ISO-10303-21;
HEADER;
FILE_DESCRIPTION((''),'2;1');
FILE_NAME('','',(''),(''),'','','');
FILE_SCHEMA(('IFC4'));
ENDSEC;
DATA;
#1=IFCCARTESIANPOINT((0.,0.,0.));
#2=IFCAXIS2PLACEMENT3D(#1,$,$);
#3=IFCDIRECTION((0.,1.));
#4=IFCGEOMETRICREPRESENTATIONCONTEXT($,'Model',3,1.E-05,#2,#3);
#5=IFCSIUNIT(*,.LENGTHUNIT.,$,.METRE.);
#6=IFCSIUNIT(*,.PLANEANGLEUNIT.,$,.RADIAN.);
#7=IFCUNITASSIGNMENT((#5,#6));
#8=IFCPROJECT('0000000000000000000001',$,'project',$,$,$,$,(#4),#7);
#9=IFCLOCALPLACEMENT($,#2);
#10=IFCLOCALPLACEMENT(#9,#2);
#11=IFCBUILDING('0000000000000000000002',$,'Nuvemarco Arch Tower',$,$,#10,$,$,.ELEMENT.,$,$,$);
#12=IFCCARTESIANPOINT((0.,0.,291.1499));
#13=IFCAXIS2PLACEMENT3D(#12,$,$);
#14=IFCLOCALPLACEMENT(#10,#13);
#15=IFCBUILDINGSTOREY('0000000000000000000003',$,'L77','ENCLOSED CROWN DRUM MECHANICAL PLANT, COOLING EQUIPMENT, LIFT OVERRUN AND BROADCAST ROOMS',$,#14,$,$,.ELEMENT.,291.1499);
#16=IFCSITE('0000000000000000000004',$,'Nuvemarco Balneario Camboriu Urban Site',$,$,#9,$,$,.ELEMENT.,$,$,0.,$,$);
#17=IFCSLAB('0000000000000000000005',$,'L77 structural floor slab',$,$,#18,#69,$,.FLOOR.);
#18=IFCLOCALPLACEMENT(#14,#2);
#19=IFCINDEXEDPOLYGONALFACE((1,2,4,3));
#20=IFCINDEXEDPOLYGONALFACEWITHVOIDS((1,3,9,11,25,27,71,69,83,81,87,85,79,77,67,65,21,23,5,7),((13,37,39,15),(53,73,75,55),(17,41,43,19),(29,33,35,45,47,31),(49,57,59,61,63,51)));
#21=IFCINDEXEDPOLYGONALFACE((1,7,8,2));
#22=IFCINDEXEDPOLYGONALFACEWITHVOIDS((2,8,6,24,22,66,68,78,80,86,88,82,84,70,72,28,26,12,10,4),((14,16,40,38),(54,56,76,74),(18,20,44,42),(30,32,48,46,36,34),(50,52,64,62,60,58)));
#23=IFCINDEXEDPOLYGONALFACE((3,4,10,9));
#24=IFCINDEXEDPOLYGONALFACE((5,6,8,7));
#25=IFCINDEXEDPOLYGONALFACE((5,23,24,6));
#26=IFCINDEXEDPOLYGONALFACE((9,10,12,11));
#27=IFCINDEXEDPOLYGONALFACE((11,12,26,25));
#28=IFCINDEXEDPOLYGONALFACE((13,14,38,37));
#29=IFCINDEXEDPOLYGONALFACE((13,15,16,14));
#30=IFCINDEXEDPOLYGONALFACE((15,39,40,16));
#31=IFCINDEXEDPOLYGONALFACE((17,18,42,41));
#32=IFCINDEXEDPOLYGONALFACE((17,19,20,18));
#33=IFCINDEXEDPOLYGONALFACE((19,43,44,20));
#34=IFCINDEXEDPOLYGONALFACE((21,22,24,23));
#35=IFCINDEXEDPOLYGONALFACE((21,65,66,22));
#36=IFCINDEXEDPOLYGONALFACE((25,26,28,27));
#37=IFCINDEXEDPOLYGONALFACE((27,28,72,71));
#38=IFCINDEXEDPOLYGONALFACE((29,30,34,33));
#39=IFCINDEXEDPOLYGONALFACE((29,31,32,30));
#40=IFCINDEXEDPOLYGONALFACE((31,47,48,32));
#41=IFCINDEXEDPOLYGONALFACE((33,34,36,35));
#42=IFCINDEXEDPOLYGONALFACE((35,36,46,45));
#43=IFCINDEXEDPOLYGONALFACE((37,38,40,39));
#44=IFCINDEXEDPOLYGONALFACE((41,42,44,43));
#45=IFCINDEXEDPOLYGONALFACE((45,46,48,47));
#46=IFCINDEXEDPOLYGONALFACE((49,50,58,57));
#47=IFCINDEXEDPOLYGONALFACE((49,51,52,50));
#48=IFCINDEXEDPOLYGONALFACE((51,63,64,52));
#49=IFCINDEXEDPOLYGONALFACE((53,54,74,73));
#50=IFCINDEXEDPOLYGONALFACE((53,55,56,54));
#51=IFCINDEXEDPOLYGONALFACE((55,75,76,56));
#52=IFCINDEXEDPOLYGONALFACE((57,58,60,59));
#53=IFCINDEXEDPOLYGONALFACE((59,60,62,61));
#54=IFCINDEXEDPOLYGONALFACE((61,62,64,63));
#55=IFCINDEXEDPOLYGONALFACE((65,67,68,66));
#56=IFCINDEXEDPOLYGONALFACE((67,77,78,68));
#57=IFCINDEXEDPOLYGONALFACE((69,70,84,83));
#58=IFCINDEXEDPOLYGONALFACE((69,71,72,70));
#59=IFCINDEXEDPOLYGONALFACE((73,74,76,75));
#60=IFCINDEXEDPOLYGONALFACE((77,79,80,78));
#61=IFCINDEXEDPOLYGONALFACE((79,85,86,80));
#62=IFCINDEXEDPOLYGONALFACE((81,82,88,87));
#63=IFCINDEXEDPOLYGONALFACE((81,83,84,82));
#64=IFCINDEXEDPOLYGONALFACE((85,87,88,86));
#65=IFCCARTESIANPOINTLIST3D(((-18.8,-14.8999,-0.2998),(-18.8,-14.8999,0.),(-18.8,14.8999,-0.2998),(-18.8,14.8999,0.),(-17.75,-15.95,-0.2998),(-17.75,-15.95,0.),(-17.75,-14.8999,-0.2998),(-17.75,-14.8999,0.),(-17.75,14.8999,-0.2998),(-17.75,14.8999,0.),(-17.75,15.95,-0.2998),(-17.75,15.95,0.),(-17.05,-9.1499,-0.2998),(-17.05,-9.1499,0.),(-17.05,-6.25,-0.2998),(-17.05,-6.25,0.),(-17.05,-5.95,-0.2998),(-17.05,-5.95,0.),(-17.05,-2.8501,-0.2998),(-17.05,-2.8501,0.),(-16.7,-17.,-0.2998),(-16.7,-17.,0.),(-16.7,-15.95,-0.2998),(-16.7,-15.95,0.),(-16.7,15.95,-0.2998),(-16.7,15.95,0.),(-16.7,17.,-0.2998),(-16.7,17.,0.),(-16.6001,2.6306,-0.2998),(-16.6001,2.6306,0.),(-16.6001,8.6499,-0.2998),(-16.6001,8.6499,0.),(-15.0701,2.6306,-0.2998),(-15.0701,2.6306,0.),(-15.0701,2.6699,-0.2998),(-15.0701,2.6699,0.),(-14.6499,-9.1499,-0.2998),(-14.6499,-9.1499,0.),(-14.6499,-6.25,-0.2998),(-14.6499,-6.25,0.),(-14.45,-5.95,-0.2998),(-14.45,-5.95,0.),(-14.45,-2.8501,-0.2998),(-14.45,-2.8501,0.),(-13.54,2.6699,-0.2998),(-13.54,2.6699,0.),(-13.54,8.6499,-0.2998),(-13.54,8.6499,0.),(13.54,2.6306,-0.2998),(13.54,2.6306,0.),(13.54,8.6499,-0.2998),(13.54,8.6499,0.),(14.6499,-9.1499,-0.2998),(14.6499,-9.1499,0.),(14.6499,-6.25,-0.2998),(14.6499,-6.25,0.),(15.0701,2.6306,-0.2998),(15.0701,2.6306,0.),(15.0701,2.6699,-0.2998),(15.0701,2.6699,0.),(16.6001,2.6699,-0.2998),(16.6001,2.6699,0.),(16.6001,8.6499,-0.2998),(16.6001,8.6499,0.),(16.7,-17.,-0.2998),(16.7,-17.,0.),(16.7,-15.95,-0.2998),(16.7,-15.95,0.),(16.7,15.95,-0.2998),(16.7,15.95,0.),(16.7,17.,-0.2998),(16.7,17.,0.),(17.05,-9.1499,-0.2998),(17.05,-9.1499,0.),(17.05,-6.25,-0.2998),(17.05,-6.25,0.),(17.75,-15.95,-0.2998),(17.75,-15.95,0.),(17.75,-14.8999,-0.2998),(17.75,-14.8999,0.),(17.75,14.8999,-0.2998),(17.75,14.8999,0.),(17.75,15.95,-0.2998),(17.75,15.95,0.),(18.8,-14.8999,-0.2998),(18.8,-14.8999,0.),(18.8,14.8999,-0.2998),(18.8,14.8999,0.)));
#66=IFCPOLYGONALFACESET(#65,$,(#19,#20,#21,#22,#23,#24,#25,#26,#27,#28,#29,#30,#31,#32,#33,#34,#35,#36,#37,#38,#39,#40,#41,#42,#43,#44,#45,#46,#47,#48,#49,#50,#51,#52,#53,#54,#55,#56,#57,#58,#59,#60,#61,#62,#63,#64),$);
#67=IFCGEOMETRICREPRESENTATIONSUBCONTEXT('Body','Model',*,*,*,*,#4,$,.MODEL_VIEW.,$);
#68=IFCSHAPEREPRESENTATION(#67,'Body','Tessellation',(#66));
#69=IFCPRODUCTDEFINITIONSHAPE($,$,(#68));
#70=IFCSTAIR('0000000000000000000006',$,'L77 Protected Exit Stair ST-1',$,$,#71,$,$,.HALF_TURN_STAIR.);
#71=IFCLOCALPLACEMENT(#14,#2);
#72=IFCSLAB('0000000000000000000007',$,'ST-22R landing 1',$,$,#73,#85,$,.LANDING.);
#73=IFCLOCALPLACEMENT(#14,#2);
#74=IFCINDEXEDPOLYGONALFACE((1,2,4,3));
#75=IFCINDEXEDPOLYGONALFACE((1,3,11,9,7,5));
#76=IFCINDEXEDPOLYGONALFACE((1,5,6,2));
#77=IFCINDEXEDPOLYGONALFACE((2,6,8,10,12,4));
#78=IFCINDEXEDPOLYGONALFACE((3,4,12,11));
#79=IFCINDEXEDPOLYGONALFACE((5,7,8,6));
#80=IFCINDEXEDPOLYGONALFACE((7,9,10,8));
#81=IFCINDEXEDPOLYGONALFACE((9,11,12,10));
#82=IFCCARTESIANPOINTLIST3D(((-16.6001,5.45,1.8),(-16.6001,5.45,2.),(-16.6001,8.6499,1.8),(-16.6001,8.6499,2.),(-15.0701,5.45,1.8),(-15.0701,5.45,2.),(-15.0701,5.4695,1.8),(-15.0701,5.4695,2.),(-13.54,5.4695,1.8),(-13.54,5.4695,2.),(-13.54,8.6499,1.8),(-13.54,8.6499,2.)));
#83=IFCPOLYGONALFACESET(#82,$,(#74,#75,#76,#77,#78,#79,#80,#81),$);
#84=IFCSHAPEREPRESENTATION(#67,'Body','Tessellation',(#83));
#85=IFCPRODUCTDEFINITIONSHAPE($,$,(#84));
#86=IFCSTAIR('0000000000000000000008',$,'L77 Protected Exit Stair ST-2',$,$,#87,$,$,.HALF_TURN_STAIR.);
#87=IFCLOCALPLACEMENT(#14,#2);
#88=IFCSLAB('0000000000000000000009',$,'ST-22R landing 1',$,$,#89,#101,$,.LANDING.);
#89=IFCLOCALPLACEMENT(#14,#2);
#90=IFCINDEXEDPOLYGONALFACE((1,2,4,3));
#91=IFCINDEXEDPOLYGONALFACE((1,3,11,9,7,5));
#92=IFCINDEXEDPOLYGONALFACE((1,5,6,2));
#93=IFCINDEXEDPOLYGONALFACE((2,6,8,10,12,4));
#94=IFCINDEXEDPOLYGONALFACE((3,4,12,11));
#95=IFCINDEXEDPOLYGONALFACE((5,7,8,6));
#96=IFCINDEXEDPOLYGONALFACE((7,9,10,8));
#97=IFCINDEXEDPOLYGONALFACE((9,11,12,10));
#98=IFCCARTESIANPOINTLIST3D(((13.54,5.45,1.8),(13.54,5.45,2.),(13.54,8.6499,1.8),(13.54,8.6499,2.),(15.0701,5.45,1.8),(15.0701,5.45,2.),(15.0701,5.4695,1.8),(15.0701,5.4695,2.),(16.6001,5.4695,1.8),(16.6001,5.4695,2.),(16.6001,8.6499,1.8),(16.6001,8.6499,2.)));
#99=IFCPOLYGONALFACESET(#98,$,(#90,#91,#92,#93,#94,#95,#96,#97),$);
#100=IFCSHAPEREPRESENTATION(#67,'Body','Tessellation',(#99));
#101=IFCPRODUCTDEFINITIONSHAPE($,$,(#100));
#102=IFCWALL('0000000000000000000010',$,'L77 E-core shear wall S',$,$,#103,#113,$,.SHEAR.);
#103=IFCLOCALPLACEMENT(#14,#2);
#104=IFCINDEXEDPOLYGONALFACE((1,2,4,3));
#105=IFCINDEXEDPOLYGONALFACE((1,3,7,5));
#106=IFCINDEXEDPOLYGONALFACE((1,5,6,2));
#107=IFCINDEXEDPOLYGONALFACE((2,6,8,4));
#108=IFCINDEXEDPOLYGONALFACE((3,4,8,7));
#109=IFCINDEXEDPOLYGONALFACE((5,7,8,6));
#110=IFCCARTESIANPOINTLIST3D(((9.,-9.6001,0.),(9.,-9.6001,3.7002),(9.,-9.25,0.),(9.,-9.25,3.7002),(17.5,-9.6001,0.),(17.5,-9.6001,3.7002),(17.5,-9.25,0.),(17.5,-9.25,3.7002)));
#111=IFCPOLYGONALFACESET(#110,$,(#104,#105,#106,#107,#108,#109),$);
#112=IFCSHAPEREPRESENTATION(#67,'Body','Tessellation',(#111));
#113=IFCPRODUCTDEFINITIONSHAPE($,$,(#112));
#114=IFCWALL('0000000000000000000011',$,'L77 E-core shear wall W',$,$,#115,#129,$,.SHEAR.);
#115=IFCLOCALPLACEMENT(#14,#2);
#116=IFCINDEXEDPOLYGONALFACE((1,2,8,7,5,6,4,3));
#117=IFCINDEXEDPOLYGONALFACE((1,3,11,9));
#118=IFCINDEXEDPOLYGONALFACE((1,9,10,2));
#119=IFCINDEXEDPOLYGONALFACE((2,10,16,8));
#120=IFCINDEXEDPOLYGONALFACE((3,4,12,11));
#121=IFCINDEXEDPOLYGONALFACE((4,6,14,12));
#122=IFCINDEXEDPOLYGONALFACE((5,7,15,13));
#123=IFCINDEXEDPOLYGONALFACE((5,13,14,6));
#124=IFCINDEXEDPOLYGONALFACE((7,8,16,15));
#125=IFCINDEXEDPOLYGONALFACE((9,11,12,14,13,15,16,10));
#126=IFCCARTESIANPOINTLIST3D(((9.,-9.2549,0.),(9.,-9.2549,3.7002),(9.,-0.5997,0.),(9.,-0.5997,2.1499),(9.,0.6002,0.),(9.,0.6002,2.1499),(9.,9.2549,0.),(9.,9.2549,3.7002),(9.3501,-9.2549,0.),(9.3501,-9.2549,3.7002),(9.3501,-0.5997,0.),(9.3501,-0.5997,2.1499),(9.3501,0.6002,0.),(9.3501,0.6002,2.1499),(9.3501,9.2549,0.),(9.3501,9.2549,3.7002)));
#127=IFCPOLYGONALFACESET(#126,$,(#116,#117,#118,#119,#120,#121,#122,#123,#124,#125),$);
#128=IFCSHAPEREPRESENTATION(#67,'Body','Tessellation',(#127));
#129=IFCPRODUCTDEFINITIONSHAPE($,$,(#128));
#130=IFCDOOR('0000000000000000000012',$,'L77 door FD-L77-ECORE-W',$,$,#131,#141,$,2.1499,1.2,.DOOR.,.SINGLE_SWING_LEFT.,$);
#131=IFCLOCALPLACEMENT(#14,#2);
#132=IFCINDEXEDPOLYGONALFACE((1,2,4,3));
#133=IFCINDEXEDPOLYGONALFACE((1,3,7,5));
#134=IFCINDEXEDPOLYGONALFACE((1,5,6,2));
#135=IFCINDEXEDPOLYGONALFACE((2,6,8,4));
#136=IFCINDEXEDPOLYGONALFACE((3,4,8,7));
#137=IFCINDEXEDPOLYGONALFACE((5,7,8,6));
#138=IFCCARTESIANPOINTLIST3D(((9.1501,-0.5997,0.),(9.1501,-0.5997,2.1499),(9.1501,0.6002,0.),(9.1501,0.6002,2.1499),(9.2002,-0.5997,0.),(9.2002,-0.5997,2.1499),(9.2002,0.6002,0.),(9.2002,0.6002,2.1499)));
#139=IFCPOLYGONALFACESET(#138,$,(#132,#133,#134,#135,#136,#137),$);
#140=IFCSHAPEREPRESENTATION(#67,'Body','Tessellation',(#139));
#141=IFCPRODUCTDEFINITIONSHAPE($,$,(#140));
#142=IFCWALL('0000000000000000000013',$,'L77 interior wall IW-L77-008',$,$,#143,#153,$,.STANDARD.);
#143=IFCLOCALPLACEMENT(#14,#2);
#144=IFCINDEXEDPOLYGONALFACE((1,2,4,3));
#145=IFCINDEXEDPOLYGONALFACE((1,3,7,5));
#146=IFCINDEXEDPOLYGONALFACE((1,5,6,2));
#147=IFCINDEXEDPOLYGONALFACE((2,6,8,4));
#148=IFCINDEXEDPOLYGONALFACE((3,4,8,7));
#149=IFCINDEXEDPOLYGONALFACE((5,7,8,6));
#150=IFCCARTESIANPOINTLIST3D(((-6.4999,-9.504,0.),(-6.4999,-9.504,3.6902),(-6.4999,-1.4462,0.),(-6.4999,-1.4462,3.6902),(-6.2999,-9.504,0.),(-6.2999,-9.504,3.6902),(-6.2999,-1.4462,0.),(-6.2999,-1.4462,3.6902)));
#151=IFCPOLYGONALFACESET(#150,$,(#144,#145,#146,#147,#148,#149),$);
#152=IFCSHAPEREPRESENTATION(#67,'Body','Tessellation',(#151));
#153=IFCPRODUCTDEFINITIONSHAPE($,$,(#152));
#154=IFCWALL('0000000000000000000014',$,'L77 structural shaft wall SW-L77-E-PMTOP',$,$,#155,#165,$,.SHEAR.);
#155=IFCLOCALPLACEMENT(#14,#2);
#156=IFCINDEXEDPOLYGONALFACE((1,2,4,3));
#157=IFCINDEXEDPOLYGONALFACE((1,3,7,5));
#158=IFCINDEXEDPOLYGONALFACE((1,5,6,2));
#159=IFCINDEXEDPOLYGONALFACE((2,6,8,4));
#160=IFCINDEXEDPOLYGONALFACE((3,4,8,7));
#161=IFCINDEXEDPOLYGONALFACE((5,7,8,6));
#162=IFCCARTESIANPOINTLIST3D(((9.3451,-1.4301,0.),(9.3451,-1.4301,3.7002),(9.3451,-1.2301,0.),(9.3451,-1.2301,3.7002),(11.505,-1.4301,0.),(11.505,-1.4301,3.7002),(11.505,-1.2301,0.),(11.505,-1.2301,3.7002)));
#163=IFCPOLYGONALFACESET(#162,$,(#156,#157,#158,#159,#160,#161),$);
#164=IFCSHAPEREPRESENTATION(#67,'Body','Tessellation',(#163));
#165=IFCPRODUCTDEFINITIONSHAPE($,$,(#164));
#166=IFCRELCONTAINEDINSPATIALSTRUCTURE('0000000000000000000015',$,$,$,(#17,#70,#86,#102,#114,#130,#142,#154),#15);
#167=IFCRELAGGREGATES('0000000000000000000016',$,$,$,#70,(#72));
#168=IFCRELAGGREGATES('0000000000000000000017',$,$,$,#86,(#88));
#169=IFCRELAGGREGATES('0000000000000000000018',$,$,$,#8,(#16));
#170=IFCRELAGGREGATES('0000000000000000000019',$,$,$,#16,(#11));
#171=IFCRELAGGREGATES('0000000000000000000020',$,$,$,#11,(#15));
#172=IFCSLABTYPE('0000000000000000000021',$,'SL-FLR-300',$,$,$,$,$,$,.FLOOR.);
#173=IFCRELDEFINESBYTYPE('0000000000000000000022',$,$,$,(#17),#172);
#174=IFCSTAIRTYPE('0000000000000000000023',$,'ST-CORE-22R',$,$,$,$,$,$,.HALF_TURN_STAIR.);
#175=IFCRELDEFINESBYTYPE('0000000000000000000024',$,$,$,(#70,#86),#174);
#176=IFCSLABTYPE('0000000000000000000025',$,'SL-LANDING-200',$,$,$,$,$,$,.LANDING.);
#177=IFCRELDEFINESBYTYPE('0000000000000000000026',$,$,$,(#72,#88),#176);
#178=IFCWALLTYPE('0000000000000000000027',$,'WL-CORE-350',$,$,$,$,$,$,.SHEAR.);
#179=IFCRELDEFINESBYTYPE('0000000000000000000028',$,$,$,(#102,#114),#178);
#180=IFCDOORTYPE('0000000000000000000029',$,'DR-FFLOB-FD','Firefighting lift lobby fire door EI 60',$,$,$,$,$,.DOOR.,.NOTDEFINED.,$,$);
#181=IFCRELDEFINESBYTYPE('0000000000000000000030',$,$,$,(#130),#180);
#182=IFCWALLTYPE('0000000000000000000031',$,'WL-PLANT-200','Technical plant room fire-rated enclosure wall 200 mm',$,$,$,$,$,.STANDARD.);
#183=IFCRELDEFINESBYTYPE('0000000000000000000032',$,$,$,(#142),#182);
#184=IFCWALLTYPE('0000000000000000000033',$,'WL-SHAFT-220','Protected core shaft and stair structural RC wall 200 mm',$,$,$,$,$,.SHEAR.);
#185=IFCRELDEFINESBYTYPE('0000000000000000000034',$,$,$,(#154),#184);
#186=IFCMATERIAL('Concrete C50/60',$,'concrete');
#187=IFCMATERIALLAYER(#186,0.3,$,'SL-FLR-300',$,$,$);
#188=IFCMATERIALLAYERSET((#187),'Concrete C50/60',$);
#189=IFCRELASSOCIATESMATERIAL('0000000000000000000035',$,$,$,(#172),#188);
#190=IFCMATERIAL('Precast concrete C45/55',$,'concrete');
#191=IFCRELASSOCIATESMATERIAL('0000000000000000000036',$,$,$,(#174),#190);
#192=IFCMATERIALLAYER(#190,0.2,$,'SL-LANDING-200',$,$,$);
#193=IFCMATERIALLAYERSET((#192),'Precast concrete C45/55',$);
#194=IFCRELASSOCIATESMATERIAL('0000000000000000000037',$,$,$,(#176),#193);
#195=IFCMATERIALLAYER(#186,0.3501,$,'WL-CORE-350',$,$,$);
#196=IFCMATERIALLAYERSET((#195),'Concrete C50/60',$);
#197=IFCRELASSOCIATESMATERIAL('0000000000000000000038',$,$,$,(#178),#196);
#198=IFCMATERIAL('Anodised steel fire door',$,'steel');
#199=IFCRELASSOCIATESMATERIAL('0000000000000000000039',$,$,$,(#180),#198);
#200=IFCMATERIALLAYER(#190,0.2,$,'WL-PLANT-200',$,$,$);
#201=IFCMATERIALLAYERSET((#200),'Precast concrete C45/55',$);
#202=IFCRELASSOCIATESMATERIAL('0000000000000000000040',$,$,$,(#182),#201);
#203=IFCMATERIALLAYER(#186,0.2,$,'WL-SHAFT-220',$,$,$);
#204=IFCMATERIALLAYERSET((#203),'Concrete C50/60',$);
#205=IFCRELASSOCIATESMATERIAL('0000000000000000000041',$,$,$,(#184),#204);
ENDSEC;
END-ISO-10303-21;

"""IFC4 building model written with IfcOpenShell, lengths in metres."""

from ifc_helpers import new_model, si_unit, direction, frame, frame_2d, origin, place, context, subcontext, project, spatial, polyline, rectangle, outline, extrude, source, transform, mapped, material, layer, layer_set, type_object, type_shapes, element, fill, aggregate, save


model = new_model("IFC4")

# Units and contexts
model_context = context("Model", 3, precision=1e-05, world=origin(), true_north=direction((0.0, 1.0)))
body_context = subcontext(model_context, "Body", "Model", "MODEL_VIEW")
ifc_project = project(units=[si_unit("LENGTHUNIT", "METRE"), si_unit("PLANEANGLEUNIT", "RADIAN")], contexts=[model_context])

# Site, building, storey
site_placement = place(None, origin())
site = spatial("IfcSite", under=ifc_project, at=site_placement, Name="Nuvemarco Balneario Camboriu Urban Site", CompositionType="ELEMENT", RefElevation=0.0)
building_placement = place(site_placement, origin())
building = spatial("IfcBuilding", under=site, at=building_placement, Name="Nuvemarco Arch Tower", CompositionType="ELEMENT")
storey_placement = place(building_placement, frame((0.0, 0.0, 291.1499)))
storey = spatial("IfcBuildingStorey", under=building, at=storey_placement, Name="L77", Description="ENCLOSED CROWN DRUM MECHANICAL PLANT, COOLING EQUIPMENT, LIFT OVERRUN AND BROADCAST ROOMS", CompositionType="ELEMENT", Elevation=291.1499)

# Shared definitions
ifc_material_1 = material(Name="Concrete C50/60", Category="concrete")

# Slab
ifc_layer_1 = layer(ifc_material_1, 0.3, Name="SL-FLR-300")
ifc_layer_set_1 = layer_set([ifc_layer_1], Name="Concrete C50/60")
slab_type_1 = type_object("IfcSlabType", Name="SL-FLR-300", PredefinedType="FLOOR", material=ifc_layer_set_1)
slab_1_placement = place(storey_placement, frame((0.0, 0.0, -0.2998)))
element("IfcSlab", 1, at=slab_1_placement, inside=storey, type_object=slab_type_1, Name="L77 structural floor slab", PredefinedType="FLOOR", context=body_context, shape_type="SweptSolid", body=[
    extrude(outline(polyline([(-16.7, -17.0), (16.7, -17.0), (16.7, -15.95), (17.75, -15.95), (17.75, -14.8999), (18.8, -14.8999), (18.8, 14.8999), (17.75, 14.8999), (17.75, 15.95), (16.7, 15.95), (16.7, 17.0), (-16.7, 17.0), (-16.7, 15.95), (-17.75, 15.95), (-17.75, 14.8999), (-18.8, 14.8999), (-18.8, -14.8999), (-17.75, -14.8999), (-17.75, -15.95), (-16.7, -15.95), (-16.7, -17.0)]), holes=[polyline([(-13.54, 2.6699), (-13.54, 8.6499), (-16.6001, 8.6499), (-16.6001, 2.6306), (-15.0701, 2.6306), (-15.0701, 2.6699), (-13.54, 2.6699)]), polyline([(16.6001, 2.6699), (16.6001, 8.6499), (13.54, 8.6499), (13.54, 2.6306), (15.0701, 2.6306), (15.0701, 2.6699), (16.6001, 2.6699)]), polyline([(-17.05, -9.1499), (-14.6499, -9.1499), (-14.6499, -6.25), (-17.05, -6.25), (-17.05, -9.1499)]), polyline([(-17.05, -5.95), (-14.45, -5.95), (-14.45, -2.8501), (-17.05, -2.8501), (-17.05, -5.95)]), polyline([(14.6499, -9.1499), (17.05, -9.1499), (17.05, -6.25), (14.6499, -6.25), (14.6499, -9.1499)])]), origin(), (0.0, 0.0, 1.0), 0.2998),
])

# Stairs, slabs
ifc_material_2 = material(Name="Precast concrete C45/55", Category="concrete")
stair_type = type_object("IfcStairType", Name="ST-CORE-22R", PredefinedType="HALF_TURN_STAIR", material=ifc_material_2)
stair_1_placement = place(storey_placement, origin())
stair_1 = element("IfcStair", 2, at=stair_1_placement, inside=storey, type_object=stair_type, Name="L77 Protected Exit Stair ST-1", PredefinedType="HALF_TURN_STAIR")
ifc_layer_2 = layer(ifc_material_2, 0.2, Name="SL-LANDING-200")
ifc_layer_set_2 = layer_set([ifc_layer_2], Name="Precast concrete C45/55")
slab_type_2 = type_object("IfcSlabType", Name="SL-LANDING-200", PredefinedType="LANDING", material=ifc_layer_set_2)
slab_2_placement = place(storey_placement, frame((0.0, 0.0, 1.8)))
slab_2 = element("IfcSlab", 3, at=slab_2_placement, type_object=slab_type_2, Name="ST-22R landing 1", PredefinedType="LANDING", context=body_context, shape_type="SweptSolid", body=[
    extrude(outline(polyline([(-13.54, 5.4695), (-13.54, 8.6499), (-16.6001, 8.6499), (-16.6001, 5.45), (-15.0701, 5.45), (-15.0701, 5.4695), (-13.54, 5.4695)])), origin(), (0.0, 0.0, 1.0), 0.2),
])
aggregate(stair_1, [slab_2])
stair_2_placement = place(storey_placement, origin())
stair_2 = element("IfcStair", 4, at=stair_2_placement, inside=storey, type_object=stair_type, Name="L77 Protected Exit Stair ST-2", PredefinedType="HALF_TURN_STAIR")
slab_3_placement = place(storey_placement, frame((0.0, 0.0, 1.8)))
slab_3 = element("IfcSlab", 5, at=slab_3_placement, type_object=slab_type_2, Name="ST-22R landing 1", PredefinedType="LANDING", context=body_context, shape_type="SweptSolid", body=[
    extrude(outline(polyline([(16.6001, 5.4695), (16.6001, 8.6499), (13.54, 8.6499), (13.54, 5.45), (15.0701, 5.45), (15.0701, 5.4695), (16.6001, 5.4695)])), origin(), (0.0, 0.0, 1.0), 0.2),
])
aggregate(stair_2, [slab_3])

# Wall
ifc_layer_3 = layer(ifc_material_1, 0.3501, Name="WL-CORE-350")
ifc_layer_set_3 = layer_set([ifc_layer_3], Name="Concrete C50/60")
wall_type_1 = type_object("IfcWallType", Name="WL-CORE-350", PredefinedType="SHEAR", material=ifc_layer_set_3)
wall_1_placement = place(storey_placement, frame((9.0, -9.425, 0.0), z_axis=(0.0, 0.0, 1.0), x_axis=(1.0, 0.0, 0.0)))
element("IfcWall", 6, at=wall_1_placement, inside=storey, type_object=wall_type_1, Name="L77 E-core shear wall S", PredefinedType="SHEAR", context=body_context, shape_type="SweptSolid", body=[
    extrude(rectangle(XDim=8.5, YDim=0.3501, at=frame_2d((4.25, 0.0))), origin(), (0.0, 0.0, 1.0), 3.7002),
])

# Wall, opening, door
wall_2_placement = place(storey_placement, frame((9.175, -9.2549, 0.0), z_axis=(0.0, 0.0, 1.0), x_axis=(0.0, 1.0, 0.0)))
wall_2 = element("IfcWall", 7, at=wall_2_placement, inside=storey, type_object=wall_type_1, Name="L77 E-core shear wall W", PredefinedType="SHEAR", context=body_context, shape_type="SweptSolid", body=[
    extrude(rectangle(XDim=18.5098, YDim=0.3501, at=frame_2d((9.2549, 0.0))), origin(), (0.0, 0.0, 1.0), 3.7002),
])
opening_placement = place(wall_2_placement, frame((8.655, 0.0, 0.0)))
opening = element("IfcOpeningElement", 8, at=opening_placement, cuts=wall_2, PredefinedType="OPENING", context=body_context, shape_type="SweptSolid", body=[
    extrude(rectangle(XDim=1.2, YDim=2.1499, at=frame_2d((0.6001, 1.075))), frame((0.0, 0.1851, 0.0), z_axis=(0.0, -1.0, 0.0), x_axis=(1.0, 0.0, 0.0)), (0.0, 0.0, 1.0), 0.3701),
])
ifc_material_3 = material(Name="Anodised steel fire door", Category="steel")
door_type = type_object("IfcDoorType", Name="DR-FFLOB-FD", Description="Firefighting lift lobby fire door EI 60", OperationType="NOTDEFINED", PredefinedType="DOOR", material=ifc_material_3)
shared_shape = source(origin(), body_context, "Body", "SweptSolid", [
    extrude(rectangle(XDim=1.2, YDim=2.1499, at=frame_2d((0.6001, 1.075))), frame((0.0, 0.0249, 0.0), z_axis=(0.0, -1.0, 0.0), x_axis=(1.0, 0.0, 0.0)), (0.0, 0.0, 1.0), 0.05),
])
type_shapes(door_type, [shared_shape])
door_placement = place(opening_placement, origin())
door = element("IfcDoor", 9, at=door_placement, inside=storey, type_object=door_type, Name="L77 door FD-L77-ECORE-W", OperationType="SINGLE_SWING_LEFT", OverallHeight=2.1499, OverallWidth=1.2, PredefinedType="DOOR", context=body_context, shape_type="MappedRepresentation", body=[
    mapped(shared_shape, transform((0.0, 0.0, 0.0), scale=1.0)),
])
fill(opening, door)

# Walls
ifc_layer_4 = layer(ifc_material_2, 0.2, Name="WL-PLANT-200")
ifc_layer_set_4 = layer_set([ifc_layer_4], Name="Precast concrete C45/55")
wall_type_2 = type_object("IfcWallType", Name="WL-PLANT-200", Description="Technical plant room fire-rated enclosure wall 200 mm", PredefinedType="STANDARD", material=ifc_layer_set_4)
wall_3_placement = place(storey_placement, frame((-6.3999, -9.5039, 0.0), z_axis=(0.0, 0.0, 1.0), x_axis=(0.0, 1.0, 0.0)))
element("IfcWall", 10, at=wall_3_placement, inside=storey, type_object=wall_type_2, Name="L77 interior wall IW-L77-008", PredefinedType="STANDARD", context=body_context, shape_type="SweptSolid", body=[
    extrude(rectangle(XDim=8.0579, YDim=0.2, at=frame_2d((4.0288, 0.0))), origin(), (0.0, 0.0, 1.0), 3.6902),
])
ifc_layer_5 = layer(ifc_material_1, 0.2, Name="WL-SHAFT-220")
ifc_layer_set_5 = layer_set([ifc_layer_5], Name="Concrete C50/60")
wall_type_3 = type_object("IfcWallType", Name="WL-SHAFT-220", Description="Protected core shaft and stair structural RC wall 200 mm", PredefinedType="SHEAR", material=ifc_layer_set_5)
wall_4_placement = place(storey_placement, frame((9.345, -1.3301, 0.0), z_axis=(0.0, 0.0, 1.0), x_axis=(1.0, 0.0, 0.0)))
element("IfcWall", 11, at=wall_4_placement, inside=storey, type_object=wall_type_3, Name="L77 structural shaft wall SW-L77-E-PMTOP", PredefinedType="SHEAR", context=body_context, shape_type="SweptSolid", body=[
    extrude(rectangle(XDim=2.1599, YDim=0.2, at=frame_2d((1.0801, 0.0))), origin(), (0.0, 0.0, 1.0), 3.7002),
])

save(model, "model.ifc")
